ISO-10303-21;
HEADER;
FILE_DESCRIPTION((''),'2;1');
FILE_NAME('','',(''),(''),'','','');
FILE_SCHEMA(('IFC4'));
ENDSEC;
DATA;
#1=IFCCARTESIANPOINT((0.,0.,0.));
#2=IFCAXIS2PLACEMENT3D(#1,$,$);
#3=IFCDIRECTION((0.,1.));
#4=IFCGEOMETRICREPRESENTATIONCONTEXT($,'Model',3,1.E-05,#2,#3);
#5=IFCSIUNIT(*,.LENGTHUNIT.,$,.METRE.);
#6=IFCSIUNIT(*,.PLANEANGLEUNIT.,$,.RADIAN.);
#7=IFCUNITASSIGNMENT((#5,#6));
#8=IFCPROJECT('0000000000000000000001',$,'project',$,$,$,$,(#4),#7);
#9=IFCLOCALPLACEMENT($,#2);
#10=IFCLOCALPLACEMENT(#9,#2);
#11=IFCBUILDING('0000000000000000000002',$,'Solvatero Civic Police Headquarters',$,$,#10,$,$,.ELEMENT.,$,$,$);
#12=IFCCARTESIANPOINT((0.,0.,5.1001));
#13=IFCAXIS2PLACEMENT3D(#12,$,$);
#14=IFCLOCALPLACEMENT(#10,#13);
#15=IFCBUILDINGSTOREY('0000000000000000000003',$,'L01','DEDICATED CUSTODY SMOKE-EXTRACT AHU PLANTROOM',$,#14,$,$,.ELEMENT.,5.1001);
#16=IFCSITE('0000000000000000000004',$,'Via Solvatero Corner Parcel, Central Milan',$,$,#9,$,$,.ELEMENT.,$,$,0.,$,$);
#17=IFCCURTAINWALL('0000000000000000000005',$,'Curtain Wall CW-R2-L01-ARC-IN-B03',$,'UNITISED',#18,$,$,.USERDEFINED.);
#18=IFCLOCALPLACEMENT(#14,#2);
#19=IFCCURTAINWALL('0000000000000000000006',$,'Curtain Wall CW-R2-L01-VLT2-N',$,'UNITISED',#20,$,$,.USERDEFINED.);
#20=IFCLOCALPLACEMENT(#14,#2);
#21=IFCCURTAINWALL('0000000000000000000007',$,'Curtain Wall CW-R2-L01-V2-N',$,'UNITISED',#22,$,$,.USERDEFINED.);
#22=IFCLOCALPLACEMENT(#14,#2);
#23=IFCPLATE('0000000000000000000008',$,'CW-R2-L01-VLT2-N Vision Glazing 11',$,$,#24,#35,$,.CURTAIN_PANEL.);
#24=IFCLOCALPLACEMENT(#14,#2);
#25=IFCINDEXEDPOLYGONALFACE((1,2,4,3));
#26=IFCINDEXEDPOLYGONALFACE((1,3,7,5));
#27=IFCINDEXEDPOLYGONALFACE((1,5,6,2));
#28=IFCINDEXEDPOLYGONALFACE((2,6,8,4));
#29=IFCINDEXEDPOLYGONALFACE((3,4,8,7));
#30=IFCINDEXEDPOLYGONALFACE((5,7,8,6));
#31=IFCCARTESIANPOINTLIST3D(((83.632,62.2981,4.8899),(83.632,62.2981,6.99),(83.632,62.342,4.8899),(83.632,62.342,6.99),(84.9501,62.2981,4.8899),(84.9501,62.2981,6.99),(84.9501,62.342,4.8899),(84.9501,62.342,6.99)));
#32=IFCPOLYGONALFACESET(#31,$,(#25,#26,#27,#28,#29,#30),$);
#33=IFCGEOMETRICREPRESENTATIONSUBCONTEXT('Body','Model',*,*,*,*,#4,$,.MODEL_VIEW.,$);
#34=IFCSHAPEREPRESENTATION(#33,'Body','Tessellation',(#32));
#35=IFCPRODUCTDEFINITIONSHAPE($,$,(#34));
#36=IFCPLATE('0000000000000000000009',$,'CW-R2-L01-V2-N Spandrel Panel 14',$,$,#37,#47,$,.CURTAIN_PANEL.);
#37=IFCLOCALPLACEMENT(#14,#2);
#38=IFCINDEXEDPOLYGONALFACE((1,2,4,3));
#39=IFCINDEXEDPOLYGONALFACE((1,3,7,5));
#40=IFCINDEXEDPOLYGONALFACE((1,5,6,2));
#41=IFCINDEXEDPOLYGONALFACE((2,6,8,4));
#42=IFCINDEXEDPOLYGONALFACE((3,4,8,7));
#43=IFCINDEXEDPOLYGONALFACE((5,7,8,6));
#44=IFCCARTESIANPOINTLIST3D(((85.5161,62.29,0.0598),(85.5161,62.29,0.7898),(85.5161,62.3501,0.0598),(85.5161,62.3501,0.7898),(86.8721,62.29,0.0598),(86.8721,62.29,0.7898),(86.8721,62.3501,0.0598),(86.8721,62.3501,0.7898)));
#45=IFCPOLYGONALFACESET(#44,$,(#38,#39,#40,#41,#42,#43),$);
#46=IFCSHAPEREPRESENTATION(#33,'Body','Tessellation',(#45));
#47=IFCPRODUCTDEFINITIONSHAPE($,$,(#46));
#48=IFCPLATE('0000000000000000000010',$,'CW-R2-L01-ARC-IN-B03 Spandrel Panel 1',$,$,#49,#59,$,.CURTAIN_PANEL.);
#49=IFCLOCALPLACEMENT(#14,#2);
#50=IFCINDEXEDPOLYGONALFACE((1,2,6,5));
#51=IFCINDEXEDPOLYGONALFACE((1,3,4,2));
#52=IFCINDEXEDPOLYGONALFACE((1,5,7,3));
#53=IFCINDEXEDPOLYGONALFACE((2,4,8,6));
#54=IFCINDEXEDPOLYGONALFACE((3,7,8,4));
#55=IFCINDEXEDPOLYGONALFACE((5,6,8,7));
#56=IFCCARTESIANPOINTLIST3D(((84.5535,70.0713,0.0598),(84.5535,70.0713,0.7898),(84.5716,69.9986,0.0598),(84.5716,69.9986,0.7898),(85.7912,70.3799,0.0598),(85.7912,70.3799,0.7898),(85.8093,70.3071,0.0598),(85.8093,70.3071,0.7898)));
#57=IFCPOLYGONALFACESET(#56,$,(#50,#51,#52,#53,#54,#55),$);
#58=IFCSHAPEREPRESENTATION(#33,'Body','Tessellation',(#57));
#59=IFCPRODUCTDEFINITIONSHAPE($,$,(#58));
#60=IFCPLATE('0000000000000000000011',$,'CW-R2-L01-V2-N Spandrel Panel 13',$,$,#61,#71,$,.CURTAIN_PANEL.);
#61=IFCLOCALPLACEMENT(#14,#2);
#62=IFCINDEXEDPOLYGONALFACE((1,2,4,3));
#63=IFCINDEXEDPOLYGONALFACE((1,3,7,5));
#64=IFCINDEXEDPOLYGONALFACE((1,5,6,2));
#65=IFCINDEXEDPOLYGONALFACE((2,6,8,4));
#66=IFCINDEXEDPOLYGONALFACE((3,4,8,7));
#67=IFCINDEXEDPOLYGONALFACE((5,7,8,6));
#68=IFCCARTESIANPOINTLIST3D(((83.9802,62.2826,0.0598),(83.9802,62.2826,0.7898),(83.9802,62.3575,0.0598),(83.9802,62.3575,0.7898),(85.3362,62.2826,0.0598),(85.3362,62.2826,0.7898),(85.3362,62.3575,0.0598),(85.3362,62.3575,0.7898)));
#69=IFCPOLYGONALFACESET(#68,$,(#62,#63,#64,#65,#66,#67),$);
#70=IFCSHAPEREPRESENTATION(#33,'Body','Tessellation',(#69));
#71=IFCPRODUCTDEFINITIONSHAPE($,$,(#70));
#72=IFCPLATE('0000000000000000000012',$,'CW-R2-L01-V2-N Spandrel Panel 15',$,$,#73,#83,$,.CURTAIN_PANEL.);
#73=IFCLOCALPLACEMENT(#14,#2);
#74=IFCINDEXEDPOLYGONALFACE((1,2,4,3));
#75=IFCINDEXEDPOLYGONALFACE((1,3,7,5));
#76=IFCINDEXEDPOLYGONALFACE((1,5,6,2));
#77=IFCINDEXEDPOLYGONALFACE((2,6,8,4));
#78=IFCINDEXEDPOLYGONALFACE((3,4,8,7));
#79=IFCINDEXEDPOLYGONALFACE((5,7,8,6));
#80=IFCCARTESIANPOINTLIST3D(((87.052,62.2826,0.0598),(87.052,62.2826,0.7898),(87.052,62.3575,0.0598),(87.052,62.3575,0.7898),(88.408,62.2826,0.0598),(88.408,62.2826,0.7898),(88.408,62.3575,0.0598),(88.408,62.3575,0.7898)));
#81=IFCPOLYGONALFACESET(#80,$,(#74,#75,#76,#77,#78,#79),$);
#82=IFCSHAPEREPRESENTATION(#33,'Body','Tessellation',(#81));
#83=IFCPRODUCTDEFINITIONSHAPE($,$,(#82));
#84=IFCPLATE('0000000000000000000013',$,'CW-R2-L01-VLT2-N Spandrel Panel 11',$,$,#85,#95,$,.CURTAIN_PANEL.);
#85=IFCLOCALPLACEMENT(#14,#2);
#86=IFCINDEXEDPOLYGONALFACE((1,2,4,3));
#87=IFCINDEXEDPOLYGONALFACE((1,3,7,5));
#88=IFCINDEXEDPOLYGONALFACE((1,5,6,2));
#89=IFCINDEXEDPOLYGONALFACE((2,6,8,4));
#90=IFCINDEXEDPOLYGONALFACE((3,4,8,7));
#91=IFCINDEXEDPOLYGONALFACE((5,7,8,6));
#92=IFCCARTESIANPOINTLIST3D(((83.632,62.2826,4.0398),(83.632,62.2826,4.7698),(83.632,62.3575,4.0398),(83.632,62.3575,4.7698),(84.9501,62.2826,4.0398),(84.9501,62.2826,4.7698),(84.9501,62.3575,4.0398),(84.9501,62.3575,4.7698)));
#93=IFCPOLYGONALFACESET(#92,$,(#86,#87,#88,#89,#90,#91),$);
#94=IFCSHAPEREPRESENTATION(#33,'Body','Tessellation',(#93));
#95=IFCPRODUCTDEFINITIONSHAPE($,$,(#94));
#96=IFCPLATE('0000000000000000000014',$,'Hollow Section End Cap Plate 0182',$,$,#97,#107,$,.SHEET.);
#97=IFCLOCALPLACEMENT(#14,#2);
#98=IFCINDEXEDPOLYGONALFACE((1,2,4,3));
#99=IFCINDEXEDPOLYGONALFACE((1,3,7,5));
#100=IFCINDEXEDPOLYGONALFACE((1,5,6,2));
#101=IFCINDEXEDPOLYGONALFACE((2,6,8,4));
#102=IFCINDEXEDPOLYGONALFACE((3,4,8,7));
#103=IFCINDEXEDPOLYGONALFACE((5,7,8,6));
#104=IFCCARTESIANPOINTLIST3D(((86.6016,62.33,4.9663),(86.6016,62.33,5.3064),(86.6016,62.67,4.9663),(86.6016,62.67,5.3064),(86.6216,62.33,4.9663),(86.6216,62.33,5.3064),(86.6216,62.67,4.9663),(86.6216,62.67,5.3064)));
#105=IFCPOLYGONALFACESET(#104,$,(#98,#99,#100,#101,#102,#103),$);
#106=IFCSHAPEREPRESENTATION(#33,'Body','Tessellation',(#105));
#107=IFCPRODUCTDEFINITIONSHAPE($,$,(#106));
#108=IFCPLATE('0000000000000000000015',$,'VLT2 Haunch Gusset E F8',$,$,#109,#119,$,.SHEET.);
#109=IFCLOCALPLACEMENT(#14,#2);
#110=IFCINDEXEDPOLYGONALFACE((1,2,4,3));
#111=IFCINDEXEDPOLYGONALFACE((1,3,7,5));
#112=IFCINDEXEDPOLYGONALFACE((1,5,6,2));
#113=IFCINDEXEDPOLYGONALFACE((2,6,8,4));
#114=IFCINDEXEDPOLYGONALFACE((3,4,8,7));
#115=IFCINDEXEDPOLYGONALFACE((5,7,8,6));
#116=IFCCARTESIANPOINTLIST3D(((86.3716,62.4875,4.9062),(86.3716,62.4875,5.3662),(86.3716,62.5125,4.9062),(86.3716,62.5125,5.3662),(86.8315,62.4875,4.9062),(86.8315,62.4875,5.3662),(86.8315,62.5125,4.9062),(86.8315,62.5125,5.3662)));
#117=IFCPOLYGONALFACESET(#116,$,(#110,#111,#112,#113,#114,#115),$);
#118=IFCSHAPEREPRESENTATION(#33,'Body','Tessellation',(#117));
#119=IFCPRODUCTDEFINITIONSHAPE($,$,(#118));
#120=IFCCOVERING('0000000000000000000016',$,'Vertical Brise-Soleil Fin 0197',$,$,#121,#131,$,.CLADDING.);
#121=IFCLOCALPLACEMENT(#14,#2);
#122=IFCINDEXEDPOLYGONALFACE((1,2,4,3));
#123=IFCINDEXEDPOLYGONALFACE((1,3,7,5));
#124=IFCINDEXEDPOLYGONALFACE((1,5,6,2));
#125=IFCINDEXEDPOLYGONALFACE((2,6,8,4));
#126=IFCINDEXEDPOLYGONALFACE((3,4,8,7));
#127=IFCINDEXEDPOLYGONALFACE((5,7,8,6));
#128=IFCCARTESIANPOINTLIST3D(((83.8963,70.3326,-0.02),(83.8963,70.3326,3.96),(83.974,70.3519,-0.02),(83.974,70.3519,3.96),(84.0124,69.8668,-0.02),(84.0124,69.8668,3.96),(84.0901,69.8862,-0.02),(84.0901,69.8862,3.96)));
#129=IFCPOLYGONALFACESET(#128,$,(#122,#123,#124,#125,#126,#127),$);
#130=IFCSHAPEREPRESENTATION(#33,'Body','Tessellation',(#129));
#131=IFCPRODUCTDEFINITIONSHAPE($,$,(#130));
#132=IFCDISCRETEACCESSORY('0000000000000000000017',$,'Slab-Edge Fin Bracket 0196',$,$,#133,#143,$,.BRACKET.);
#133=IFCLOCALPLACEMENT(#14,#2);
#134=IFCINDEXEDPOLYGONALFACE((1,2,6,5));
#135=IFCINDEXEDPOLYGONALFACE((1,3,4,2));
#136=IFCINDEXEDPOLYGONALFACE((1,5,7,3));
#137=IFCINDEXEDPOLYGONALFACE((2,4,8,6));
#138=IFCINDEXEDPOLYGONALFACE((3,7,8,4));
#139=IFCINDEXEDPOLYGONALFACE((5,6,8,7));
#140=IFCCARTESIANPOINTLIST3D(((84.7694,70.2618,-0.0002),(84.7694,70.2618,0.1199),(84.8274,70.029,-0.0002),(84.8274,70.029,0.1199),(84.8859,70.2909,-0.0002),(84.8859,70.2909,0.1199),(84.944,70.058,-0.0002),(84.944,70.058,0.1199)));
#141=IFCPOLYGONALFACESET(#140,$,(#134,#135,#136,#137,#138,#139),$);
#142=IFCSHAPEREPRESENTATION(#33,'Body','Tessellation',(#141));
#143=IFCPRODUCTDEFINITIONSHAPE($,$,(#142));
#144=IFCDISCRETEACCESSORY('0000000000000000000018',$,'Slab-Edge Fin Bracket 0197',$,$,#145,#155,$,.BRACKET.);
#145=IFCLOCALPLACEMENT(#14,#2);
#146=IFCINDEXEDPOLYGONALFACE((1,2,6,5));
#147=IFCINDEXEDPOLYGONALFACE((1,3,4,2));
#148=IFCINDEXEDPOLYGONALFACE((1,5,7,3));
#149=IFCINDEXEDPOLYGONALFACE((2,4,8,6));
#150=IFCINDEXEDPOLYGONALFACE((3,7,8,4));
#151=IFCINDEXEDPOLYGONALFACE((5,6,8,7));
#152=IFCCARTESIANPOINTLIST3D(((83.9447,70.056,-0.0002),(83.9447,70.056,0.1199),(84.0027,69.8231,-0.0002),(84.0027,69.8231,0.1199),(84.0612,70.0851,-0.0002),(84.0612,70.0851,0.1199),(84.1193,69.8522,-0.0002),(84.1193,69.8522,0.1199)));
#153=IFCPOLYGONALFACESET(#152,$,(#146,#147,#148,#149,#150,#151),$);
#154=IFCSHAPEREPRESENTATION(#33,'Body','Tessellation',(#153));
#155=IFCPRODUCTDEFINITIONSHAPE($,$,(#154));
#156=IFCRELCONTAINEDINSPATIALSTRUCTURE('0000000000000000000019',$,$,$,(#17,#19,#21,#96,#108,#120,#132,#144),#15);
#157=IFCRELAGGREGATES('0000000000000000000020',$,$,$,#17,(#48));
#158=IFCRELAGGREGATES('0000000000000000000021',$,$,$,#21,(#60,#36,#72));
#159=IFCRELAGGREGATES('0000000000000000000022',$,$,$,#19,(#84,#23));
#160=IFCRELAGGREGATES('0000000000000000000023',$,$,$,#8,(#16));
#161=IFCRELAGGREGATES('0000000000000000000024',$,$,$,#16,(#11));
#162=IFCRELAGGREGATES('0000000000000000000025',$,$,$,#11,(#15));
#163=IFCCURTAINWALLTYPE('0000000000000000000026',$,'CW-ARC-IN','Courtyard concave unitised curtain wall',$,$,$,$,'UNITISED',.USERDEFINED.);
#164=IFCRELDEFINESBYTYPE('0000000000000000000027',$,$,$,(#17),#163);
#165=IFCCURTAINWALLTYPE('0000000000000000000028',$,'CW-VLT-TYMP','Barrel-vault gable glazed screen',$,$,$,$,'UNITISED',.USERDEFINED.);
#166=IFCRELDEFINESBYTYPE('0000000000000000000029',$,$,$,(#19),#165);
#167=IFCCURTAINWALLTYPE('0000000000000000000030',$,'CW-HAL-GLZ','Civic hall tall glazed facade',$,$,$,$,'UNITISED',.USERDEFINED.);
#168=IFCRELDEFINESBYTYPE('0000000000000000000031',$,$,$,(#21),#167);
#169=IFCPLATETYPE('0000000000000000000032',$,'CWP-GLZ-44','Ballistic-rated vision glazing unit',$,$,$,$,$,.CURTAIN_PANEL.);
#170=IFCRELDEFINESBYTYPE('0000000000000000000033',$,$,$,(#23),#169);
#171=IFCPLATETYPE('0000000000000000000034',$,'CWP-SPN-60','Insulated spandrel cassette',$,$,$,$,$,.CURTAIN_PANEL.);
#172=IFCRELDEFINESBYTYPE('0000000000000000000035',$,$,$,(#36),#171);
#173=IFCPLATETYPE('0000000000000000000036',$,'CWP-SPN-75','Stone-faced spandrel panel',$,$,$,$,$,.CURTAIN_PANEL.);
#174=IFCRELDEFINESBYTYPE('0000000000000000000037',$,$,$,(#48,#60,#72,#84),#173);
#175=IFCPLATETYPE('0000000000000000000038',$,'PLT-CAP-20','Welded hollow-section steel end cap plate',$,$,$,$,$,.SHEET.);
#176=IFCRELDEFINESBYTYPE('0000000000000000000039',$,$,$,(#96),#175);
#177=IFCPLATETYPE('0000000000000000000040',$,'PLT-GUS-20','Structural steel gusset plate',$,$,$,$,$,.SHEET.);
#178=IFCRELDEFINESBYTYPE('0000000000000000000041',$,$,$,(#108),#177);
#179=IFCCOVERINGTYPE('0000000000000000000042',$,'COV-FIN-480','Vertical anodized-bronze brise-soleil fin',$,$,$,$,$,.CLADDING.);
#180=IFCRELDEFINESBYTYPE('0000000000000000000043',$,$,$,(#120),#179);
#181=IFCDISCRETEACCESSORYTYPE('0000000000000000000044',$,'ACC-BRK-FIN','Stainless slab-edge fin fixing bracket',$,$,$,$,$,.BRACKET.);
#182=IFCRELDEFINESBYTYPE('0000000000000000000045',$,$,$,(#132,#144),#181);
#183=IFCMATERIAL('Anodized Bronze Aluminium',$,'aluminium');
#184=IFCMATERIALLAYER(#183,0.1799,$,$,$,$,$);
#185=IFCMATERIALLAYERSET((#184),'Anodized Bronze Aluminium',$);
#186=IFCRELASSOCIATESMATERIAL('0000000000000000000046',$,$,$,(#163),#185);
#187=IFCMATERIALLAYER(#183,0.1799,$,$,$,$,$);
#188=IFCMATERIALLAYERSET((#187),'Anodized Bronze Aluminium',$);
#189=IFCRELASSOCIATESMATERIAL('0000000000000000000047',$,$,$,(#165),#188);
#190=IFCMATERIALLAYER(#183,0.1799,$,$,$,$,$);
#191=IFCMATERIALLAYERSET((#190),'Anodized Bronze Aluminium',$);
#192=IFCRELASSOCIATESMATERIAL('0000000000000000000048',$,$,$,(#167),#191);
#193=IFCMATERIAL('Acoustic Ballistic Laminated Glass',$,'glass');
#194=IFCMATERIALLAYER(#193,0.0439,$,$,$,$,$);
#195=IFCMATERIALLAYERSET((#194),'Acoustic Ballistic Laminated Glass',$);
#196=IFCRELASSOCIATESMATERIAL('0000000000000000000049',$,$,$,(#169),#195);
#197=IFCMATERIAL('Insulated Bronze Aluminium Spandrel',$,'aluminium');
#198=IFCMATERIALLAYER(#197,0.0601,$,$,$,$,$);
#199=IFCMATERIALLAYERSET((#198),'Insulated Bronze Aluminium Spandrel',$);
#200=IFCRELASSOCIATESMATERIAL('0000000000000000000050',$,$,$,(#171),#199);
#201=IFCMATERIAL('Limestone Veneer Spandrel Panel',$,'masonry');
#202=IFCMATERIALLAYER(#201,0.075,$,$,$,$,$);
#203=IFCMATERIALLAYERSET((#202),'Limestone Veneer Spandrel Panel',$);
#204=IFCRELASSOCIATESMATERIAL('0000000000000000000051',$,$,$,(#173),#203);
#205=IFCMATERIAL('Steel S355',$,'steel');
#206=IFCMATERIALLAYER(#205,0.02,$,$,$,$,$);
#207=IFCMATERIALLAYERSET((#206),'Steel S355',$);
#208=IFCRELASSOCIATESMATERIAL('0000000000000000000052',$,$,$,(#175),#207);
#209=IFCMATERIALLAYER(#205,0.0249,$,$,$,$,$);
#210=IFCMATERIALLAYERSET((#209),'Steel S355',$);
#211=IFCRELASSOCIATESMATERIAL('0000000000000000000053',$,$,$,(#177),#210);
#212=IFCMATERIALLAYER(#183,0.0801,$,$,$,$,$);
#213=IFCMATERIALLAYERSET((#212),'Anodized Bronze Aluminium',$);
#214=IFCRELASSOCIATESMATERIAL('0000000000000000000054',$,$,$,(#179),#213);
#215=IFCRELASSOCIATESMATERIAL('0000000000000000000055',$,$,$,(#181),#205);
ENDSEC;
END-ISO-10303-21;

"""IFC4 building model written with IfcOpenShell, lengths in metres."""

from ifc_helpers import new_model, si_unit, direction, frame, origin, origin_2d, place, context, subcontext, project, spatial, rectangle, extrude, material, layer, layer_set, type_object, element, aggregate, save


model = new_model("IFC4")

# Units and contexts
model_context = context("Model", 3, precision=1e-05, world=origin(), true_north=direction((0.0, 1.0)))
body_context = subcontext(model_context, "Body", "Model", "MODEL_VIEW")
ifc_project = project(units=[si_unit("LENGTHUNIT", "METRE"), si_unit("PLANEANGLEUNIT", "RADIAN")], contexts=[model_context])

# Site, building, storey
site_placement = place(None, origin())
site = spatial("IfcSite", under=ifc_project, at=site_placement, Name="Via Solvatero Corner Parcel, Central Milan", CompositionType="ELEMENT", RefElevation=0.0)
building_placement = place(site_placement, origin())
building = spatial("IfcBuilding", under=site, at=building_placement, Name="Solvatero Civic Police Headquarters", CompositionType="ELEMENT")
storey_placement = place(building_placement, frame((0.0, 0.0, 5.1001)))
storey = spatial("IfcBuildingStorey", under=building, at=storey_placement, Name="L01", Description="DEDICATED CUSTODY SMOKE-EXTRACT AHU PLANTROOM", CompositionType="ELEMENT", Elevation=5.1001)

# Shared definitions
ifc_material_1 = material(Name="Steel S355", Category="steel")

# Curtain walls
ifc_material_2 = material(Name="Anodized Bronze Aluminium", Category="aluminium")
ifc_layer_1 = layer(ifc_material_2, 0.1799)
ifc_layer_set_1 = layer_set([ifc_layer_1], Name="Anodized Bronze Aluminium")
curtain_wall_type_1 = type_object("IfcCurtainWallType", Name="CW-ARC-IN", Description="Courtyard concave unitised curtain wall", ElementType="UNITISED", PredefinedType="USERDEFINED", material=ifc_layer_set_1)
curtain_wall_1_placement = place(storey_placement, origin())
curtain_wall_1 = element("IfcCurtainWall", 1, at=curtain_wall_1_placement, inside=storey, type_object=curtain_wall_type_1, Name="Curtain Wall CW-R2-L01-ARC-IN-B03", ObjectType="UNITISED", PredefinedType="USERDEFINED")
ifc_layer_2 = layer(ifc_material_2, 0.1799)
ifc_layer_set_2 = layer_set([ifc_layer_2], Name="Anodized Bronze Aluminium")
curtain_wall_type_2 = type_object("IfcCurtainWallType", Name="CW-VLT-TYMP", Description="Barrel-vault gable glazed screen", ElementType="UNITISED", PredefinedType="USERDEFINED", material=ifc_layer_set_2)
curtain_wall_2_placement = place(storey_placement, origin())
curtain_wall_2 = element("IfcCurtainWall", 2, at=curtain_wall_2_placement, inside=storey, type_object=curtain_wall_type_2, Name="Curtain Wall CW-R2-L01-VLT2-N", ObjectType="UNITISED", PredefinedType="USERDEFINED")

# Curtain wall
ifc_layer_3 = layer(ifc_material_2, 0.1799)
ifc_layer_set_3 = layer_set([ifc_layer_3], Name="Anodized Bronze Aluminium")
curtain_wall_type_3 = type_object("IfcCurtainWallType", Name="CW-HAL-GLZ", Description="Civic hall tall glazed facade", ElementType="UNITISED", PredefinedType="USERDEFINED", material=ifc_layer_set_3)
curtain_wall_3_placement = place(storey_placement, origin())
curtain_wall_3 = element("IfcCurtainWall", 3, at=curtain_wall_3_placement, inside=storey, type_object=curtain_wall_type_3, Name="Curtain Wall CW-R2-L01-V2-N", ObjectType="UNITISED", PredefinedType="USERDEFINED")

# Plates
ifc_material_3 = material(Name="Acoustic Ballistic Laminated Glass", Category="glass")
ifc_layer_4 = layer(ifc_material_3, 0.0439)
ifc_layer_set_4 = layer_set([ifc_layer_4], Name="Acoustic Ballistic Laminated Glass")
plate_type_1 = type_object("IfcPlateType", Name="CWP-GLZ-44", Description="Ballistic-rated vision glazing unit", PredefinedType="CURTAIN_PANEL", material=ifc_layer_set_4)
plate_1_placement = place(storey_placement, frame((84.291, 62.3201, 4.8899), z_axis=(0.0, 0.0, 1.0), x_axis=(1.0, 0.0, 0.0)))
plate_1 = element("IfcPlate", 4, at=plate_1_placement, type_object=plate_type_1, Name="CW-R2-L01-VLT2-N Vision Glazing 11", PredefinedType="CURTAIN_PANEL", context=body_context, shape_type="SweptSolid", body=[
    extrude(rectangle(XDim=1.3181, YDim=0.0439, at=origin_2d()), origin(), (0.0, 0.0, 1.0), 2.1001),
])
ifc_material_4 = material(Name="Insulated Bronze Aluminium Spandrel", Category="aluminium")
ifc_layer_5 = layer(ifc_material_4, 0.0601)
ifc_layer_set_5 = layer_set([ifc_layer_5], Name="Insulated Bronze Aluminium Spandrel")
plate_type_2 = type_object("IfcPlateType", Name="CWP-SPN-60", Description="Insulated spandrel cassette", PredefinedType="CURTAIN_PANEL", material=ifc_layer_set_5)
plate_2_placement = place(storey_placement, frame((86.1941, 62.3201, 0.0598), z_axis=(0.0, 0.0, 1.0), x_axis=(1.0, 0.0, 0.0)))
plate_2 = element("IfcPlate", 5, at=plate_2_placement, type_object=plate_type_2, Name="CW-R2-L01-V2-N Spandrel Panel 14", PredefinedType="CURTAIN_PANEL", context=body_context, shape_type="SweptSolid", body=[
    extrude(rectangle(XDim=1.356, YDim=0.0601, at=origin_2d()), origin(), (0.0, 0.0, 1.0), 0.73),
])
ifc_material_5 = material(Name="Limestone Veneer Spandrel Panel", Category="masonry")
ifc_layer_6 = layer(ifc_material_5, 0.075)
ifc_layer_set_6 = layer_set([ifc_layer_6], Name="Limestone Veneer Spandrel Panel")
plate_type_3 = type_object("IfcPlateType", Name="CWP-SPN-75", Description="Stone-faced spandrel panel", PredefinedType="CURTAIN_PANEL", material=ifc_layer_set_6)
plate_3_placement = place(storey_placement, frame((85.1814, 70.1892, 0.0598), z_axis=(0.0, 0.0, 1.0), x_axis=(-0.9703, -0.241905, 0.0)))
plate_3 = element("IfcPlate", 6, at=plate_3_placement, type_object=plate_type_3, Name="CW-R2-L01-ARC-IN-B03 Spandrel Panel 1", PredefinedType="CURTAIN_PANEL", context=body_context, shape_type="SweptSolid", body=[
    extrude(rectangle(XDim=1.2756, YDim=0.075, at=origin_2d()), origin(), (0.0, 0.0, 1.0), 0.73),
])
aggregate(curtain_wall_1, [plate_3])
plate_4_placement = place(storey_placement, frame((84.6582, 62.3201, 0.0598), z_axis=(0.0, 0.0, 1.0), x_axis=(1.0, 0.0, 0.0)))
plate_4 = element("IfcPlate", 7, at=plate_4_placement, type_object=plate_type_3, Name="CW-R2-L01-V2-N Spandrel Panel 13", PredefinedType="CURTAIN_PANEL", context=body_context, shape_type="SweptSolid", body=[
    extrude(rectangle(XDim=1.356, YDim=0.075, at=origin_2d()), origin(), (0.0, 0.0, 1.0), 0.73),
])
plate_5_placement = place(storey_placement, frame((87.73, 62.3201, 0.0598), z_axis=(0.0, 0.0, 1.0), x_axis=(1.0, 0.0, 0.0)))
plate_5 = element("IfcPlate", 8, at=plate_5_placement, type_object=plate_type_3, Name="CW-R2-L01-V2-N Spandrel Panel 15", PredefinedType="CURTAIN_PANEL", context=body_context, shape_type="SweptSolid", body=[
    extrude(rectangle(XDim=1.356, YDim=0.075, at=origin_2d()), origin(), (0.0, 0.0, 1.0), 0.73),
])
aggregate(curtain_wall_3, [plate_4, plate_2, plate_5])
plate_6_placement = place(storey_placement, frame((84.291, 62.3201, 4.0398), z_axis=(0.0, 0.0, 1.0), x_axis=(1.0, 0.0, 0.0)))
plate_6 = element("IfcPlate", 9, at=plate_6_placement, type_object=plate_type_3, Name="CW-R2-L01-VLT2-N Spandrel Panel 11", PredefinedType="CURTAIN_PANEL", context=body_context, shape_type="SweptSolid", body=[
    extrude(rectangle(XDim=1.3181, YDim=0.075, at=origin_2d()), origin(), (0.0, 0.0, 1.0), 0.73),
])
aggregate(curtain_wall_2, [plate_6, plate_1])

# Plates
ifc_layer_7 = layer(ifc_material_1, 0.02)
ifc_layer_set_7 = layer_set([ifc_layer_7], Name="Steel S355")
plate_type_4 = type_object("IfcPlateType", Name="PLT-CAP-20", Description="Welded hollow-section steel end cap plate", PredefinedType="SHEET", material=ifc_layer_set_7)
plate_7_placement = place(storey_placement, frame((86.6116, 62.5, 4.9663), z_axis=(0.0, 0.0, 1.0), x_axis=(1.0, 0.0, 0.0)))
element("IfcPlate", 10, at=plate_7_placement, inside=storey, type_object=plate_type_4, Name="Hollow Section End Cap Plate 0182", PredefinedType="SHEET", context=body_context, shape_type="SweptSolid", body=[
    extrude(rectangle(XDim=0.02, YDim=0.3401, at=origin_2d()), origin(), (0.0, 0.0, 1.0), 0.3401),
])
ifc_layer_8 = layer(ifc_material_1, 0.0249)
ifc_layer_set_8 = layer_set([ifc_layer_8], Name="Steel S355")
plate_type_5 = type_object("IfcPlateType", Name="PLT-GUS-20", Description="Structural steel gusset plate", PredefinedType="SHEET", material=ifc_layer_set_8)
plate_8_placement = place(storey_placement, frame((86.6016, 62.5, 4.9062), z_axis=(0.0, 0.0, 1.0), x_axis=(1.0, 0.0, 0.0)))
element("IfcPlate", 11, at=plate_8_placement, inside=storey, type_object=plate_type_5, Name="VLT2 Haunch Gusset E F8", PredefinedType="SHEET", context=body_context, shape_type="SweptSolid", body=[
    extrude(rectangle(XDim=0.46, YDim=0.0249, at=origin_2d()), origin(), (0.0, 0.0, 1.0), 0.46),
])

# Covering
ifc_layer_9 = layer(ifc_material_2, 0.0801)
ifc_layer_set_9 = layer_set([ifc_layer_9], Name="Anodized Bronze Aluminium")
covering_type = type_object("IfcCoveringType", Name="COV-FIN-480", Description="Vertical anodized-bronze brise-soleil fin", PredefinedType="CLADDING", material=ifc_layer_set_9)
covering_placement = place(storey_placement, frame((83.9932, 70.1094, -0.02), z_axis=(0.0, 0.0, 1.0), x_axis=(-0.9703, -0.241905, 0.0)))
element("IfcCovering", 12, at=covering_placement, inside=storey, type_object=covering_type, Name="Vertical Brise-Soleil Fin 0197", PredefinedType="CLADDING", context=body_context, shape_type="SweptSolid", body=[
    extrude(rectangle(XDim=0.0801, YDim=0.48, at=origin_2d()), origin(), (0.0, 0.0, 1.0), 3.98),
])

# Discrete accessories
discrete_accessory_type = type_object("IfcDiscreteAccessoryType", Name="ACC-BRK-FIN", Description="Stainless slab-edge fin fixing bracket", PredefinedType="BRACKET", material=ifc_material_1)
for number, where, z_axis, x_axis, name in (
    (13, (84.8567, 70.1599, -0.0002), (0.0, 0.0, 1.0), (-0.9703, -0.241905, 0.0), "Slab-Edge Fin Bracket 0196"),
    (14, (84.032, 69.9541, -0.0002), (0.0, 0.0, 1.0), (-0.9703, -0.241905, 0.0), "Slab-Edge Fin Bracket 0197"),
):
    element("IfcDiscreteAccessory", number, at=place(storey_placement, frame(where, z_axis=z_axis, x_axis=x_axis)), inside=storey, type_object=discrete_accessory_type, Name=name, PredefinedType="BRACKET", context=body_context, shape_type="SweptSolid", body=[
        extrude(rectangle(XDim=0.1201, YDim=0.24, at=origin_2d()), origin(), (0.0, 0.0, 1.0), 0.1201),
    ])

save(model, "model.ifc")
